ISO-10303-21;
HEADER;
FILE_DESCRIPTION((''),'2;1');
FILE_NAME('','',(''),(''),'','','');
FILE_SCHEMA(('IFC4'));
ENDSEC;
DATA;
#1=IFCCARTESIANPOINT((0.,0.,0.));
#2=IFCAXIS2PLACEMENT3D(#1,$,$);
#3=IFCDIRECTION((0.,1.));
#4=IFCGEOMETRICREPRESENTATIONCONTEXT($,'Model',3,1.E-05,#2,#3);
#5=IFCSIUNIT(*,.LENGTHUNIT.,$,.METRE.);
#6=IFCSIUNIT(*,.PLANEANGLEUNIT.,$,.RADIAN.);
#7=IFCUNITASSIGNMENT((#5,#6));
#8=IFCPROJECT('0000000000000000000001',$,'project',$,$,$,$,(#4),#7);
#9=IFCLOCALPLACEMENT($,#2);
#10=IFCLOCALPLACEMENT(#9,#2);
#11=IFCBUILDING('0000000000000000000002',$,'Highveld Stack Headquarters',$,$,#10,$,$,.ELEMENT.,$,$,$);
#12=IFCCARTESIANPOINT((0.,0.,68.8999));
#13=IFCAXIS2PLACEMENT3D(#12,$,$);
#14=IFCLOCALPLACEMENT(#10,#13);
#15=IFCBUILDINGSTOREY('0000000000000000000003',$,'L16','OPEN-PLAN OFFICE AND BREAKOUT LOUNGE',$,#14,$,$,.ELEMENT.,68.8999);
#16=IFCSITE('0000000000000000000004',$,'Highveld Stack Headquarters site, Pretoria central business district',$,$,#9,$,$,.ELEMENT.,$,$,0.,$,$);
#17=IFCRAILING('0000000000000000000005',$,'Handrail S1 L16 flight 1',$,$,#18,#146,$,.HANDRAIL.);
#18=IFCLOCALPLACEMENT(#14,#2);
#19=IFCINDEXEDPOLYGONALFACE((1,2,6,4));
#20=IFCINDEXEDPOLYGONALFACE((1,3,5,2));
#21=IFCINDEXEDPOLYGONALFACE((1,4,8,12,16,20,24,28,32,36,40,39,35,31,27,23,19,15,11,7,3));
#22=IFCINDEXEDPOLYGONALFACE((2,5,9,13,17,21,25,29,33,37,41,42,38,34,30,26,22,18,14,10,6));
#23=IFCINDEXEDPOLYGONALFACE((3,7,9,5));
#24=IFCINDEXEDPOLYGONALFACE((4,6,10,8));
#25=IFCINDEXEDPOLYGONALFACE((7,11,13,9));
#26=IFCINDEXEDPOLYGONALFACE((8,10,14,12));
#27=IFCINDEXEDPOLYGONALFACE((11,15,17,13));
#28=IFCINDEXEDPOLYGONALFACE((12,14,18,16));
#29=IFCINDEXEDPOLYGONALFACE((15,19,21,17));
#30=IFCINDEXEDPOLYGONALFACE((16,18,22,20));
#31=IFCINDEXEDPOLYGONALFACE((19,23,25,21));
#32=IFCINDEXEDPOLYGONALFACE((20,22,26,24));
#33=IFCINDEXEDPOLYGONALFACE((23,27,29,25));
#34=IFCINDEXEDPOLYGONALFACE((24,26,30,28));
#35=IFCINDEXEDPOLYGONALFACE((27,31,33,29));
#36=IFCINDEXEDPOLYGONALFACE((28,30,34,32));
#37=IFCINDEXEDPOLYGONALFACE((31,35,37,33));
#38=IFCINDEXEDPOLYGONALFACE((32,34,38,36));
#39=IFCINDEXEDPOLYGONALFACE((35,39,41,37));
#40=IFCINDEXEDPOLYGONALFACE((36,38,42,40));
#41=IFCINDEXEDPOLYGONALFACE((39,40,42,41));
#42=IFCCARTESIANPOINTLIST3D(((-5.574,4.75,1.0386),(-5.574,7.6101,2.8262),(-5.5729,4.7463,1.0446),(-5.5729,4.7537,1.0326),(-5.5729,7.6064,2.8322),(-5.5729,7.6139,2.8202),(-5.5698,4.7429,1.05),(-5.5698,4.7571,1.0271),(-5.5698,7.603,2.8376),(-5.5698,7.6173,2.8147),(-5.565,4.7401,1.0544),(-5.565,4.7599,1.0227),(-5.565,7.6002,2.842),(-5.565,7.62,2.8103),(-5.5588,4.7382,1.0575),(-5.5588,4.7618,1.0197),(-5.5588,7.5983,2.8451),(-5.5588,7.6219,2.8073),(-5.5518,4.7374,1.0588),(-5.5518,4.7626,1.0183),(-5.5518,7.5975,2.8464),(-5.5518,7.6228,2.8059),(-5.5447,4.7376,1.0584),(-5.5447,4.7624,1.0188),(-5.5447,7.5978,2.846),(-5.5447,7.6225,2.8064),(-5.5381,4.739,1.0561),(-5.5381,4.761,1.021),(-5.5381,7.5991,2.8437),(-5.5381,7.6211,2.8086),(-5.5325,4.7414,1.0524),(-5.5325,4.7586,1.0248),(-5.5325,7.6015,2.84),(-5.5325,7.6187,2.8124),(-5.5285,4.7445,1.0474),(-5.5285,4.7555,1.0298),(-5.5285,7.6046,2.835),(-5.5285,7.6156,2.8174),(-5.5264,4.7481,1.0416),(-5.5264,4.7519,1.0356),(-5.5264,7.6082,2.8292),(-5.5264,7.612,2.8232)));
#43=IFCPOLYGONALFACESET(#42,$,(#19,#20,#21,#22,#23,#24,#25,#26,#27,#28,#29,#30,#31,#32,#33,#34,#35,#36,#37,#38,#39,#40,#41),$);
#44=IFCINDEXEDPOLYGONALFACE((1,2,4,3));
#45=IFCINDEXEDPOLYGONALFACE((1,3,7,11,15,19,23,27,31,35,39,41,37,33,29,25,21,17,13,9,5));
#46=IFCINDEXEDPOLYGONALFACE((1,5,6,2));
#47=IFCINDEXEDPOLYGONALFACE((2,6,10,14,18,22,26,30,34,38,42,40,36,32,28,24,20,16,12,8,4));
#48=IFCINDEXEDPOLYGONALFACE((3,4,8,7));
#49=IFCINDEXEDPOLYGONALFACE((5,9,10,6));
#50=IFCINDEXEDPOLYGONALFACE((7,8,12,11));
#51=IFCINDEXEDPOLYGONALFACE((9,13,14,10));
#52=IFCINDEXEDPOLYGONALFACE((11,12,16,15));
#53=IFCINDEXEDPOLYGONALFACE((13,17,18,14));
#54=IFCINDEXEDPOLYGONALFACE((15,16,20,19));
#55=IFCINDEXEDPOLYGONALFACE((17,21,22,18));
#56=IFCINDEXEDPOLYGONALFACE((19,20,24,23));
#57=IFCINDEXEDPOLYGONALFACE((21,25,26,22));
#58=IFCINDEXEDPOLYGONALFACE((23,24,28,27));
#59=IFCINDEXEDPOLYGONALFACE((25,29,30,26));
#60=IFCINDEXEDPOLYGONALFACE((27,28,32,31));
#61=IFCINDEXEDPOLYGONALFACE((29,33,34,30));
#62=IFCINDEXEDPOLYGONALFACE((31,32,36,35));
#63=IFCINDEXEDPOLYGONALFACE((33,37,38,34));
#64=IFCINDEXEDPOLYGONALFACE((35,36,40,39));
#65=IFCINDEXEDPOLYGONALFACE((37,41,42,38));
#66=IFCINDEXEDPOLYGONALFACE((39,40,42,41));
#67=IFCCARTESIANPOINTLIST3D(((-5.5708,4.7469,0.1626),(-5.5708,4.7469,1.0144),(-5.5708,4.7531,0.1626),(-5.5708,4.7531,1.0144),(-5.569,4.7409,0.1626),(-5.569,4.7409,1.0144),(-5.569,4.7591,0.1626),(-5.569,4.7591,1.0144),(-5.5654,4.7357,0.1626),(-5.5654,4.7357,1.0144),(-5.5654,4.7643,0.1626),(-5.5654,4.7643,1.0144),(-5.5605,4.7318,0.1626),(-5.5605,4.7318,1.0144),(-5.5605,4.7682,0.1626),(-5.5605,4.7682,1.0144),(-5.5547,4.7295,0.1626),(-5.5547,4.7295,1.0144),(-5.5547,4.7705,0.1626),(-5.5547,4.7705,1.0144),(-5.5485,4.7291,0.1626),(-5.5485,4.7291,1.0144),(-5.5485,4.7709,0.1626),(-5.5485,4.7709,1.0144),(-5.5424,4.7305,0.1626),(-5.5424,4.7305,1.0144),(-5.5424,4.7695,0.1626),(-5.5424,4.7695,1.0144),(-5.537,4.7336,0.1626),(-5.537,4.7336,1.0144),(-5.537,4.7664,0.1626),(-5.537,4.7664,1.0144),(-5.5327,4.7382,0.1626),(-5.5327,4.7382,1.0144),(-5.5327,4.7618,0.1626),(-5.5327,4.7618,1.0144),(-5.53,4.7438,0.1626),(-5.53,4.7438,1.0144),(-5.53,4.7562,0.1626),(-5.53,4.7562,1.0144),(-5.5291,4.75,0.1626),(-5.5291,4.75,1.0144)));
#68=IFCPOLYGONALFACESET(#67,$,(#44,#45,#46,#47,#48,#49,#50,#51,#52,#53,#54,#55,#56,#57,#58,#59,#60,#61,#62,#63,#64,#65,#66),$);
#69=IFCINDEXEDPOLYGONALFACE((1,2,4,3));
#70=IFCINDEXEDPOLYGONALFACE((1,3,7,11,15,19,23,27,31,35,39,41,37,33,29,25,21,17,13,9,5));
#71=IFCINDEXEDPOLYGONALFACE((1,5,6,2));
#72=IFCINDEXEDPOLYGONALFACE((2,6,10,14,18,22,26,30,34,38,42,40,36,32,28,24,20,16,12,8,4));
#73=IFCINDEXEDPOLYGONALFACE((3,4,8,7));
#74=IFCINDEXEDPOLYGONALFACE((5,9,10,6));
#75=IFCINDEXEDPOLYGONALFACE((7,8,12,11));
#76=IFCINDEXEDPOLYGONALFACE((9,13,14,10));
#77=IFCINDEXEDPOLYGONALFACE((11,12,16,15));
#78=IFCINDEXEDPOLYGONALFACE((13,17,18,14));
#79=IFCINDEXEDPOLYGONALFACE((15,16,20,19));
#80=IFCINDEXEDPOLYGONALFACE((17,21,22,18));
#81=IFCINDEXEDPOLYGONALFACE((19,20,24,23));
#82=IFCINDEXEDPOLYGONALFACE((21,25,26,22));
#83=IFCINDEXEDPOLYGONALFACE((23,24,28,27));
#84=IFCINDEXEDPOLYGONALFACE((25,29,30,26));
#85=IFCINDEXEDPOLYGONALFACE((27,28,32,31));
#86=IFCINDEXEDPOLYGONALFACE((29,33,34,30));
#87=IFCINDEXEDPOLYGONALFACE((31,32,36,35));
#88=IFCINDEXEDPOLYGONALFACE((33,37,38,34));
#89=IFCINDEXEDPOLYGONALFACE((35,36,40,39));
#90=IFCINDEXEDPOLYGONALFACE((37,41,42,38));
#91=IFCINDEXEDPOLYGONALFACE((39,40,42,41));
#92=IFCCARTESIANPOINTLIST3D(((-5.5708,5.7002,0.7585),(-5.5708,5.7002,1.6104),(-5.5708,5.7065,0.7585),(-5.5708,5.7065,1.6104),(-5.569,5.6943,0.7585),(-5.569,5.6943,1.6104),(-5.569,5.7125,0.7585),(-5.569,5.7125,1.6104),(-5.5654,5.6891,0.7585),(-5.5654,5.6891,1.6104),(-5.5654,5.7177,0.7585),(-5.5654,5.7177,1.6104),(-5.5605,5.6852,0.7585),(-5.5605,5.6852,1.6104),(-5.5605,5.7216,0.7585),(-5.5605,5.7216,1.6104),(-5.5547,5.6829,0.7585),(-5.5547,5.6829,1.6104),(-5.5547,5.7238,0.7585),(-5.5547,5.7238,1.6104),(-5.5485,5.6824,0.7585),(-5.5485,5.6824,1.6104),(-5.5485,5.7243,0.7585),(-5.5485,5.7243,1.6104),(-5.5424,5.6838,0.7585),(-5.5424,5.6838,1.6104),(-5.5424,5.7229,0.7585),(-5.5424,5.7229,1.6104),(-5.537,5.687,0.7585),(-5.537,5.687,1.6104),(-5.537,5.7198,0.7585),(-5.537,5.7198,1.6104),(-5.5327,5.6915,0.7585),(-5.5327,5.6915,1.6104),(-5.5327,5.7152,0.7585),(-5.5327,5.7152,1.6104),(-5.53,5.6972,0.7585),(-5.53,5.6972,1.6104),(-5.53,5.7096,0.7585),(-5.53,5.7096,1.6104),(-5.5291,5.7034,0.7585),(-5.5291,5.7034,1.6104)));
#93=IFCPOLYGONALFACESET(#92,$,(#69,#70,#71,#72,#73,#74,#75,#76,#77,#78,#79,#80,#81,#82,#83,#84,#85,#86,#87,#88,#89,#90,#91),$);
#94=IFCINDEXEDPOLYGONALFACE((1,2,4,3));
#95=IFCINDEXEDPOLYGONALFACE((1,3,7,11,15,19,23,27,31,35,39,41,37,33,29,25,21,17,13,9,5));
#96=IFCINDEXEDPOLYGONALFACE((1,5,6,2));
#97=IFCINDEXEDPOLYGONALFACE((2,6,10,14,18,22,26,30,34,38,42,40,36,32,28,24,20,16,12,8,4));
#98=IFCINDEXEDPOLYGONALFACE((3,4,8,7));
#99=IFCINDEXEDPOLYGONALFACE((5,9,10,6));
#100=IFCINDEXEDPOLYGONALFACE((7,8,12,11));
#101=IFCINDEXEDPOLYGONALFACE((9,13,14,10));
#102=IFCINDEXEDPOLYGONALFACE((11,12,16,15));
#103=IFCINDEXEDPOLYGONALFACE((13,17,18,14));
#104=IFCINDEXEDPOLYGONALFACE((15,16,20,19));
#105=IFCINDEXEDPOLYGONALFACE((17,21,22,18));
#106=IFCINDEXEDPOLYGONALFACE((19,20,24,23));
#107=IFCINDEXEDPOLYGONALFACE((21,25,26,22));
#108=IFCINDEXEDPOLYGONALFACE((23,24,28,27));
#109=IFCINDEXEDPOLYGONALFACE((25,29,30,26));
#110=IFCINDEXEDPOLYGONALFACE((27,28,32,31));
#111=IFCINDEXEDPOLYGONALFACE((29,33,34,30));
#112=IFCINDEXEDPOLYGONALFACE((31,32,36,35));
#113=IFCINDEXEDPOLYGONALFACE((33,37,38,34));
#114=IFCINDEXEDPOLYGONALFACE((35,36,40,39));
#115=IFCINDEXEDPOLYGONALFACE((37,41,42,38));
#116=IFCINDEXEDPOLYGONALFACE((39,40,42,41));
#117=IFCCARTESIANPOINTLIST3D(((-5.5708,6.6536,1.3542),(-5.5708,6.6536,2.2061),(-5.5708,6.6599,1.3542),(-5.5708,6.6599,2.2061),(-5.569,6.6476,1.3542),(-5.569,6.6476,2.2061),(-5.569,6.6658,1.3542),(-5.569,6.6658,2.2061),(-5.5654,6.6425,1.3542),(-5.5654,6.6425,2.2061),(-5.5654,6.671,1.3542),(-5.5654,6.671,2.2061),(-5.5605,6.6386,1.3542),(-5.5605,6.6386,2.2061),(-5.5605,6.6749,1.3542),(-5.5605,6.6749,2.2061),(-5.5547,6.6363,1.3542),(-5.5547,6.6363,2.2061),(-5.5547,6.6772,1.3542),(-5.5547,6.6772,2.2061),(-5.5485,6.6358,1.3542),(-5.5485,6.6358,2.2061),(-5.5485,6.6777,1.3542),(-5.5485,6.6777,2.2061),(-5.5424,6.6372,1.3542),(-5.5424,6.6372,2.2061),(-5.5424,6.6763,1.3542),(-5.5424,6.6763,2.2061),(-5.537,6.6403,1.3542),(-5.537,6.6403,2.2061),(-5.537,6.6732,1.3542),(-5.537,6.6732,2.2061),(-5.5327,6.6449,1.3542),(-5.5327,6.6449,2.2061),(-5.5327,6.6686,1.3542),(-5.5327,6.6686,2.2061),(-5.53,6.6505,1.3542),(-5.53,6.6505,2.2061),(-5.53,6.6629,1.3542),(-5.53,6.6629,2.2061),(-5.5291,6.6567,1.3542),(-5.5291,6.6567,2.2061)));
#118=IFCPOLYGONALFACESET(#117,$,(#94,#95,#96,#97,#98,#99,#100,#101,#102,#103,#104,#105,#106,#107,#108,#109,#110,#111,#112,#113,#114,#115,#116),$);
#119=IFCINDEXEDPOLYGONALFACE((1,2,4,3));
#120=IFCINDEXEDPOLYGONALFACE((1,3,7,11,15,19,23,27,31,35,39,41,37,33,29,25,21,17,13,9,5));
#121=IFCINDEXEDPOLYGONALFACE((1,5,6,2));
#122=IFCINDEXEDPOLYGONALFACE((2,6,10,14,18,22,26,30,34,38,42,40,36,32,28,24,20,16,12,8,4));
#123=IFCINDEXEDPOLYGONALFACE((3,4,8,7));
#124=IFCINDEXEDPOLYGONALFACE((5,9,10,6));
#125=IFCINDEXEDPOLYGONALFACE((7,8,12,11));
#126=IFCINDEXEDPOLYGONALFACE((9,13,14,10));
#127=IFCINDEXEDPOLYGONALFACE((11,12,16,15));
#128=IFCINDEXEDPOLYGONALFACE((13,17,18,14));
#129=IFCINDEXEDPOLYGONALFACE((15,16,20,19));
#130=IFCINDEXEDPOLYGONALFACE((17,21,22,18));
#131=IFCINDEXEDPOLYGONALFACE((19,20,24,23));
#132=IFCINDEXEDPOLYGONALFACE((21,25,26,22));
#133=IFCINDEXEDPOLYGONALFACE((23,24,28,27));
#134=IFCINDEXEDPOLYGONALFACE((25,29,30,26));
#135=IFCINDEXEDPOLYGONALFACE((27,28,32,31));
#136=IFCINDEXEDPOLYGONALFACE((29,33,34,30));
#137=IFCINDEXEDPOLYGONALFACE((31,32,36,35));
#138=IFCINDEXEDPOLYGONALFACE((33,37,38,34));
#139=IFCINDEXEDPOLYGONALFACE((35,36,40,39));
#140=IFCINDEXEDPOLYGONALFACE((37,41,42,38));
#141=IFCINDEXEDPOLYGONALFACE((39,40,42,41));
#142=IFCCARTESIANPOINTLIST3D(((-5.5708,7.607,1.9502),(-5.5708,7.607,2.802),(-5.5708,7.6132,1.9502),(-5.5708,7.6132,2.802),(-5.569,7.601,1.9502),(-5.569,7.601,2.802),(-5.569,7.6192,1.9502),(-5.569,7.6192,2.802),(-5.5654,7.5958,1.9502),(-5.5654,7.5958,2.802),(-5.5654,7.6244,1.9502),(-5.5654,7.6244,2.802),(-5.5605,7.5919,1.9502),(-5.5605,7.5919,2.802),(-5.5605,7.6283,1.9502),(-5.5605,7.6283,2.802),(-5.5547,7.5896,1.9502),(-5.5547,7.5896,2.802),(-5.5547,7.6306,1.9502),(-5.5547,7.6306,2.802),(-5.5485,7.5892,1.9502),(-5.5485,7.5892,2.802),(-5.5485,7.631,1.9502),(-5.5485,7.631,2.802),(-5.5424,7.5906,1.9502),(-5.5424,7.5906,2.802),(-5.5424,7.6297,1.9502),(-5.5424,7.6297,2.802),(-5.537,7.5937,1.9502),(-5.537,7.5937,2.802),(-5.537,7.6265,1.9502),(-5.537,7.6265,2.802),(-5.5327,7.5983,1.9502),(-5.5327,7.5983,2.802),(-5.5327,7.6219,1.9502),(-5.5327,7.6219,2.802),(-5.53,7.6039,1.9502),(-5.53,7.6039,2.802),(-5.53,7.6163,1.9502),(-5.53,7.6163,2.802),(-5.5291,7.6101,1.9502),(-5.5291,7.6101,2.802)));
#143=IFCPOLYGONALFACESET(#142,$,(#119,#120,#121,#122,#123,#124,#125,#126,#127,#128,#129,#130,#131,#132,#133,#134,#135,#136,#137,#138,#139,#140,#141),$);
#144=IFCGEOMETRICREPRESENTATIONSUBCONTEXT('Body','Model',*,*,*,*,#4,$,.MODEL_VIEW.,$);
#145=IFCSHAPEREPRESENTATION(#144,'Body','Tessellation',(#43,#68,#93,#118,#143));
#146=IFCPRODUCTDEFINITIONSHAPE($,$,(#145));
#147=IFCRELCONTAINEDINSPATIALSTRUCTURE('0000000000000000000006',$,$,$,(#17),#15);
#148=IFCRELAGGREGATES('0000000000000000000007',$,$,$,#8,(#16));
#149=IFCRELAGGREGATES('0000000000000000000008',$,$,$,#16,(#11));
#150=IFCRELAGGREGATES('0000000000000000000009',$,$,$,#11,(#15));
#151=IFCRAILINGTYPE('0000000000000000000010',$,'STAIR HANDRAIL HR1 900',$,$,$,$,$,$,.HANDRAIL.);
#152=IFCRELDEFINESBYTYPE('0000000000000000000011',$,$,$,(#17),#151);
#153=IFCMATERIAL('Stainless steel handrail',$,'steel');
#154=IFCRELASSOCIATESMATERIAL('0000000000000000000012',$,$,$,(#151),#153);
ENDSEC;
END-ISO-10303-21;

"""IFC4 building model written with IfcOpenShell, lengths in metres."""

from ifc_helpers import new_model, si_unit, direction, frame, origin, origin_2d, place, context, subcontext, project, spatial, circle, extrude, material, type_object, element, save


model = new_model("IFC4")

# Units and contexts
model_context = context("Model", 3, precision=1e-05, world=origin(), true_north=direction((0.0, 1.0)))
body_context = subcontext(model_context, "Body", "Model", "MODEL_VIEW")
ifc_project = project(units=[si_unit("LENGTHUNIT", "METRE"), si_unit("PLANEANGLEUNIT", "RADIAN")], contexts=[model_context])

# Site, building, storey
site_placement = place(None, origin())
site = spatial("IfcSite", under=ifc_project, at=site_placement, Name="Highveld Stack Headquarters site, Pretoria central business district", CompositionType="ELEMENT", RefElevation=0.0)
building_placement = place(site_placement, origin())
building = spatial("IfcBuilding", under=site, at=building_placement, Name="Highveld Stack Headquarters", CompositionType="ELEMENT")
storey_placement = place(building_placement, frame((0.0, 0.0, 68.8999)))
storey = spatial("IfcBuildingStorey", under=building, at=storey_placement, Name="L16", Description="OPEN-PLAN OFFICE AND BREAKOUT LOUNGE", CompositionType="ELEMENT", Elevation=68.8999)

# Railing
ifc_material_1 = material(Name="Stainless steel handrail", Category="steel")
railing_type = type_object("IfcRailingType", Name="STAIR HANDRAIL HR1 900", PredefinedType="HANDRAIL", material=ifc_material_1)
for number, where, name in (
    (1, (-5.55, 4.75, 0.1626), "Handrail S1 L16 flight 1"),
):
    element("IfcRailing", number, at=place(storey_placement, frame(where)), inside=storey, type_object=railing_type, Name=name, PredefinedType="HANDRAIL", context=body_context, shape_type="SweptSolid", body=[
        extrude(circle(Radius=0.0239, at=origin_2d()), frame((0.0, 0.0, 0.876), z_axis=(0.0, 0.847994, 0.530005), x_axis=(-1.0, 0.0, 0.0)), (0.0, 0.0, 1.0), 3.3728),
        extrude(circle(Radius=0.021, at=origin_2d()), origin(), (0.0, 0.0, 1.0), 0.8518),
        extrude(circle(Radius=0.021, at=origin_2d()), frame((0.0, 0.9534, 0.5959)), (0.0, 0.0, 1.0), 0.8518),
        extrude(circle(Radius=0.021, at=origin_2d()), frame((0.0, 1.9067, 1.1917)), (0.0, 0.0, 1.0), 0.8518),
        extrude(circle(Radius=0.021, at=origin_2d()), frame((0.0, 2.8601, 1.7876)), (0.0, 0.0, 1.0), 0.8518),
    ])

save(model, "model.ifc")
